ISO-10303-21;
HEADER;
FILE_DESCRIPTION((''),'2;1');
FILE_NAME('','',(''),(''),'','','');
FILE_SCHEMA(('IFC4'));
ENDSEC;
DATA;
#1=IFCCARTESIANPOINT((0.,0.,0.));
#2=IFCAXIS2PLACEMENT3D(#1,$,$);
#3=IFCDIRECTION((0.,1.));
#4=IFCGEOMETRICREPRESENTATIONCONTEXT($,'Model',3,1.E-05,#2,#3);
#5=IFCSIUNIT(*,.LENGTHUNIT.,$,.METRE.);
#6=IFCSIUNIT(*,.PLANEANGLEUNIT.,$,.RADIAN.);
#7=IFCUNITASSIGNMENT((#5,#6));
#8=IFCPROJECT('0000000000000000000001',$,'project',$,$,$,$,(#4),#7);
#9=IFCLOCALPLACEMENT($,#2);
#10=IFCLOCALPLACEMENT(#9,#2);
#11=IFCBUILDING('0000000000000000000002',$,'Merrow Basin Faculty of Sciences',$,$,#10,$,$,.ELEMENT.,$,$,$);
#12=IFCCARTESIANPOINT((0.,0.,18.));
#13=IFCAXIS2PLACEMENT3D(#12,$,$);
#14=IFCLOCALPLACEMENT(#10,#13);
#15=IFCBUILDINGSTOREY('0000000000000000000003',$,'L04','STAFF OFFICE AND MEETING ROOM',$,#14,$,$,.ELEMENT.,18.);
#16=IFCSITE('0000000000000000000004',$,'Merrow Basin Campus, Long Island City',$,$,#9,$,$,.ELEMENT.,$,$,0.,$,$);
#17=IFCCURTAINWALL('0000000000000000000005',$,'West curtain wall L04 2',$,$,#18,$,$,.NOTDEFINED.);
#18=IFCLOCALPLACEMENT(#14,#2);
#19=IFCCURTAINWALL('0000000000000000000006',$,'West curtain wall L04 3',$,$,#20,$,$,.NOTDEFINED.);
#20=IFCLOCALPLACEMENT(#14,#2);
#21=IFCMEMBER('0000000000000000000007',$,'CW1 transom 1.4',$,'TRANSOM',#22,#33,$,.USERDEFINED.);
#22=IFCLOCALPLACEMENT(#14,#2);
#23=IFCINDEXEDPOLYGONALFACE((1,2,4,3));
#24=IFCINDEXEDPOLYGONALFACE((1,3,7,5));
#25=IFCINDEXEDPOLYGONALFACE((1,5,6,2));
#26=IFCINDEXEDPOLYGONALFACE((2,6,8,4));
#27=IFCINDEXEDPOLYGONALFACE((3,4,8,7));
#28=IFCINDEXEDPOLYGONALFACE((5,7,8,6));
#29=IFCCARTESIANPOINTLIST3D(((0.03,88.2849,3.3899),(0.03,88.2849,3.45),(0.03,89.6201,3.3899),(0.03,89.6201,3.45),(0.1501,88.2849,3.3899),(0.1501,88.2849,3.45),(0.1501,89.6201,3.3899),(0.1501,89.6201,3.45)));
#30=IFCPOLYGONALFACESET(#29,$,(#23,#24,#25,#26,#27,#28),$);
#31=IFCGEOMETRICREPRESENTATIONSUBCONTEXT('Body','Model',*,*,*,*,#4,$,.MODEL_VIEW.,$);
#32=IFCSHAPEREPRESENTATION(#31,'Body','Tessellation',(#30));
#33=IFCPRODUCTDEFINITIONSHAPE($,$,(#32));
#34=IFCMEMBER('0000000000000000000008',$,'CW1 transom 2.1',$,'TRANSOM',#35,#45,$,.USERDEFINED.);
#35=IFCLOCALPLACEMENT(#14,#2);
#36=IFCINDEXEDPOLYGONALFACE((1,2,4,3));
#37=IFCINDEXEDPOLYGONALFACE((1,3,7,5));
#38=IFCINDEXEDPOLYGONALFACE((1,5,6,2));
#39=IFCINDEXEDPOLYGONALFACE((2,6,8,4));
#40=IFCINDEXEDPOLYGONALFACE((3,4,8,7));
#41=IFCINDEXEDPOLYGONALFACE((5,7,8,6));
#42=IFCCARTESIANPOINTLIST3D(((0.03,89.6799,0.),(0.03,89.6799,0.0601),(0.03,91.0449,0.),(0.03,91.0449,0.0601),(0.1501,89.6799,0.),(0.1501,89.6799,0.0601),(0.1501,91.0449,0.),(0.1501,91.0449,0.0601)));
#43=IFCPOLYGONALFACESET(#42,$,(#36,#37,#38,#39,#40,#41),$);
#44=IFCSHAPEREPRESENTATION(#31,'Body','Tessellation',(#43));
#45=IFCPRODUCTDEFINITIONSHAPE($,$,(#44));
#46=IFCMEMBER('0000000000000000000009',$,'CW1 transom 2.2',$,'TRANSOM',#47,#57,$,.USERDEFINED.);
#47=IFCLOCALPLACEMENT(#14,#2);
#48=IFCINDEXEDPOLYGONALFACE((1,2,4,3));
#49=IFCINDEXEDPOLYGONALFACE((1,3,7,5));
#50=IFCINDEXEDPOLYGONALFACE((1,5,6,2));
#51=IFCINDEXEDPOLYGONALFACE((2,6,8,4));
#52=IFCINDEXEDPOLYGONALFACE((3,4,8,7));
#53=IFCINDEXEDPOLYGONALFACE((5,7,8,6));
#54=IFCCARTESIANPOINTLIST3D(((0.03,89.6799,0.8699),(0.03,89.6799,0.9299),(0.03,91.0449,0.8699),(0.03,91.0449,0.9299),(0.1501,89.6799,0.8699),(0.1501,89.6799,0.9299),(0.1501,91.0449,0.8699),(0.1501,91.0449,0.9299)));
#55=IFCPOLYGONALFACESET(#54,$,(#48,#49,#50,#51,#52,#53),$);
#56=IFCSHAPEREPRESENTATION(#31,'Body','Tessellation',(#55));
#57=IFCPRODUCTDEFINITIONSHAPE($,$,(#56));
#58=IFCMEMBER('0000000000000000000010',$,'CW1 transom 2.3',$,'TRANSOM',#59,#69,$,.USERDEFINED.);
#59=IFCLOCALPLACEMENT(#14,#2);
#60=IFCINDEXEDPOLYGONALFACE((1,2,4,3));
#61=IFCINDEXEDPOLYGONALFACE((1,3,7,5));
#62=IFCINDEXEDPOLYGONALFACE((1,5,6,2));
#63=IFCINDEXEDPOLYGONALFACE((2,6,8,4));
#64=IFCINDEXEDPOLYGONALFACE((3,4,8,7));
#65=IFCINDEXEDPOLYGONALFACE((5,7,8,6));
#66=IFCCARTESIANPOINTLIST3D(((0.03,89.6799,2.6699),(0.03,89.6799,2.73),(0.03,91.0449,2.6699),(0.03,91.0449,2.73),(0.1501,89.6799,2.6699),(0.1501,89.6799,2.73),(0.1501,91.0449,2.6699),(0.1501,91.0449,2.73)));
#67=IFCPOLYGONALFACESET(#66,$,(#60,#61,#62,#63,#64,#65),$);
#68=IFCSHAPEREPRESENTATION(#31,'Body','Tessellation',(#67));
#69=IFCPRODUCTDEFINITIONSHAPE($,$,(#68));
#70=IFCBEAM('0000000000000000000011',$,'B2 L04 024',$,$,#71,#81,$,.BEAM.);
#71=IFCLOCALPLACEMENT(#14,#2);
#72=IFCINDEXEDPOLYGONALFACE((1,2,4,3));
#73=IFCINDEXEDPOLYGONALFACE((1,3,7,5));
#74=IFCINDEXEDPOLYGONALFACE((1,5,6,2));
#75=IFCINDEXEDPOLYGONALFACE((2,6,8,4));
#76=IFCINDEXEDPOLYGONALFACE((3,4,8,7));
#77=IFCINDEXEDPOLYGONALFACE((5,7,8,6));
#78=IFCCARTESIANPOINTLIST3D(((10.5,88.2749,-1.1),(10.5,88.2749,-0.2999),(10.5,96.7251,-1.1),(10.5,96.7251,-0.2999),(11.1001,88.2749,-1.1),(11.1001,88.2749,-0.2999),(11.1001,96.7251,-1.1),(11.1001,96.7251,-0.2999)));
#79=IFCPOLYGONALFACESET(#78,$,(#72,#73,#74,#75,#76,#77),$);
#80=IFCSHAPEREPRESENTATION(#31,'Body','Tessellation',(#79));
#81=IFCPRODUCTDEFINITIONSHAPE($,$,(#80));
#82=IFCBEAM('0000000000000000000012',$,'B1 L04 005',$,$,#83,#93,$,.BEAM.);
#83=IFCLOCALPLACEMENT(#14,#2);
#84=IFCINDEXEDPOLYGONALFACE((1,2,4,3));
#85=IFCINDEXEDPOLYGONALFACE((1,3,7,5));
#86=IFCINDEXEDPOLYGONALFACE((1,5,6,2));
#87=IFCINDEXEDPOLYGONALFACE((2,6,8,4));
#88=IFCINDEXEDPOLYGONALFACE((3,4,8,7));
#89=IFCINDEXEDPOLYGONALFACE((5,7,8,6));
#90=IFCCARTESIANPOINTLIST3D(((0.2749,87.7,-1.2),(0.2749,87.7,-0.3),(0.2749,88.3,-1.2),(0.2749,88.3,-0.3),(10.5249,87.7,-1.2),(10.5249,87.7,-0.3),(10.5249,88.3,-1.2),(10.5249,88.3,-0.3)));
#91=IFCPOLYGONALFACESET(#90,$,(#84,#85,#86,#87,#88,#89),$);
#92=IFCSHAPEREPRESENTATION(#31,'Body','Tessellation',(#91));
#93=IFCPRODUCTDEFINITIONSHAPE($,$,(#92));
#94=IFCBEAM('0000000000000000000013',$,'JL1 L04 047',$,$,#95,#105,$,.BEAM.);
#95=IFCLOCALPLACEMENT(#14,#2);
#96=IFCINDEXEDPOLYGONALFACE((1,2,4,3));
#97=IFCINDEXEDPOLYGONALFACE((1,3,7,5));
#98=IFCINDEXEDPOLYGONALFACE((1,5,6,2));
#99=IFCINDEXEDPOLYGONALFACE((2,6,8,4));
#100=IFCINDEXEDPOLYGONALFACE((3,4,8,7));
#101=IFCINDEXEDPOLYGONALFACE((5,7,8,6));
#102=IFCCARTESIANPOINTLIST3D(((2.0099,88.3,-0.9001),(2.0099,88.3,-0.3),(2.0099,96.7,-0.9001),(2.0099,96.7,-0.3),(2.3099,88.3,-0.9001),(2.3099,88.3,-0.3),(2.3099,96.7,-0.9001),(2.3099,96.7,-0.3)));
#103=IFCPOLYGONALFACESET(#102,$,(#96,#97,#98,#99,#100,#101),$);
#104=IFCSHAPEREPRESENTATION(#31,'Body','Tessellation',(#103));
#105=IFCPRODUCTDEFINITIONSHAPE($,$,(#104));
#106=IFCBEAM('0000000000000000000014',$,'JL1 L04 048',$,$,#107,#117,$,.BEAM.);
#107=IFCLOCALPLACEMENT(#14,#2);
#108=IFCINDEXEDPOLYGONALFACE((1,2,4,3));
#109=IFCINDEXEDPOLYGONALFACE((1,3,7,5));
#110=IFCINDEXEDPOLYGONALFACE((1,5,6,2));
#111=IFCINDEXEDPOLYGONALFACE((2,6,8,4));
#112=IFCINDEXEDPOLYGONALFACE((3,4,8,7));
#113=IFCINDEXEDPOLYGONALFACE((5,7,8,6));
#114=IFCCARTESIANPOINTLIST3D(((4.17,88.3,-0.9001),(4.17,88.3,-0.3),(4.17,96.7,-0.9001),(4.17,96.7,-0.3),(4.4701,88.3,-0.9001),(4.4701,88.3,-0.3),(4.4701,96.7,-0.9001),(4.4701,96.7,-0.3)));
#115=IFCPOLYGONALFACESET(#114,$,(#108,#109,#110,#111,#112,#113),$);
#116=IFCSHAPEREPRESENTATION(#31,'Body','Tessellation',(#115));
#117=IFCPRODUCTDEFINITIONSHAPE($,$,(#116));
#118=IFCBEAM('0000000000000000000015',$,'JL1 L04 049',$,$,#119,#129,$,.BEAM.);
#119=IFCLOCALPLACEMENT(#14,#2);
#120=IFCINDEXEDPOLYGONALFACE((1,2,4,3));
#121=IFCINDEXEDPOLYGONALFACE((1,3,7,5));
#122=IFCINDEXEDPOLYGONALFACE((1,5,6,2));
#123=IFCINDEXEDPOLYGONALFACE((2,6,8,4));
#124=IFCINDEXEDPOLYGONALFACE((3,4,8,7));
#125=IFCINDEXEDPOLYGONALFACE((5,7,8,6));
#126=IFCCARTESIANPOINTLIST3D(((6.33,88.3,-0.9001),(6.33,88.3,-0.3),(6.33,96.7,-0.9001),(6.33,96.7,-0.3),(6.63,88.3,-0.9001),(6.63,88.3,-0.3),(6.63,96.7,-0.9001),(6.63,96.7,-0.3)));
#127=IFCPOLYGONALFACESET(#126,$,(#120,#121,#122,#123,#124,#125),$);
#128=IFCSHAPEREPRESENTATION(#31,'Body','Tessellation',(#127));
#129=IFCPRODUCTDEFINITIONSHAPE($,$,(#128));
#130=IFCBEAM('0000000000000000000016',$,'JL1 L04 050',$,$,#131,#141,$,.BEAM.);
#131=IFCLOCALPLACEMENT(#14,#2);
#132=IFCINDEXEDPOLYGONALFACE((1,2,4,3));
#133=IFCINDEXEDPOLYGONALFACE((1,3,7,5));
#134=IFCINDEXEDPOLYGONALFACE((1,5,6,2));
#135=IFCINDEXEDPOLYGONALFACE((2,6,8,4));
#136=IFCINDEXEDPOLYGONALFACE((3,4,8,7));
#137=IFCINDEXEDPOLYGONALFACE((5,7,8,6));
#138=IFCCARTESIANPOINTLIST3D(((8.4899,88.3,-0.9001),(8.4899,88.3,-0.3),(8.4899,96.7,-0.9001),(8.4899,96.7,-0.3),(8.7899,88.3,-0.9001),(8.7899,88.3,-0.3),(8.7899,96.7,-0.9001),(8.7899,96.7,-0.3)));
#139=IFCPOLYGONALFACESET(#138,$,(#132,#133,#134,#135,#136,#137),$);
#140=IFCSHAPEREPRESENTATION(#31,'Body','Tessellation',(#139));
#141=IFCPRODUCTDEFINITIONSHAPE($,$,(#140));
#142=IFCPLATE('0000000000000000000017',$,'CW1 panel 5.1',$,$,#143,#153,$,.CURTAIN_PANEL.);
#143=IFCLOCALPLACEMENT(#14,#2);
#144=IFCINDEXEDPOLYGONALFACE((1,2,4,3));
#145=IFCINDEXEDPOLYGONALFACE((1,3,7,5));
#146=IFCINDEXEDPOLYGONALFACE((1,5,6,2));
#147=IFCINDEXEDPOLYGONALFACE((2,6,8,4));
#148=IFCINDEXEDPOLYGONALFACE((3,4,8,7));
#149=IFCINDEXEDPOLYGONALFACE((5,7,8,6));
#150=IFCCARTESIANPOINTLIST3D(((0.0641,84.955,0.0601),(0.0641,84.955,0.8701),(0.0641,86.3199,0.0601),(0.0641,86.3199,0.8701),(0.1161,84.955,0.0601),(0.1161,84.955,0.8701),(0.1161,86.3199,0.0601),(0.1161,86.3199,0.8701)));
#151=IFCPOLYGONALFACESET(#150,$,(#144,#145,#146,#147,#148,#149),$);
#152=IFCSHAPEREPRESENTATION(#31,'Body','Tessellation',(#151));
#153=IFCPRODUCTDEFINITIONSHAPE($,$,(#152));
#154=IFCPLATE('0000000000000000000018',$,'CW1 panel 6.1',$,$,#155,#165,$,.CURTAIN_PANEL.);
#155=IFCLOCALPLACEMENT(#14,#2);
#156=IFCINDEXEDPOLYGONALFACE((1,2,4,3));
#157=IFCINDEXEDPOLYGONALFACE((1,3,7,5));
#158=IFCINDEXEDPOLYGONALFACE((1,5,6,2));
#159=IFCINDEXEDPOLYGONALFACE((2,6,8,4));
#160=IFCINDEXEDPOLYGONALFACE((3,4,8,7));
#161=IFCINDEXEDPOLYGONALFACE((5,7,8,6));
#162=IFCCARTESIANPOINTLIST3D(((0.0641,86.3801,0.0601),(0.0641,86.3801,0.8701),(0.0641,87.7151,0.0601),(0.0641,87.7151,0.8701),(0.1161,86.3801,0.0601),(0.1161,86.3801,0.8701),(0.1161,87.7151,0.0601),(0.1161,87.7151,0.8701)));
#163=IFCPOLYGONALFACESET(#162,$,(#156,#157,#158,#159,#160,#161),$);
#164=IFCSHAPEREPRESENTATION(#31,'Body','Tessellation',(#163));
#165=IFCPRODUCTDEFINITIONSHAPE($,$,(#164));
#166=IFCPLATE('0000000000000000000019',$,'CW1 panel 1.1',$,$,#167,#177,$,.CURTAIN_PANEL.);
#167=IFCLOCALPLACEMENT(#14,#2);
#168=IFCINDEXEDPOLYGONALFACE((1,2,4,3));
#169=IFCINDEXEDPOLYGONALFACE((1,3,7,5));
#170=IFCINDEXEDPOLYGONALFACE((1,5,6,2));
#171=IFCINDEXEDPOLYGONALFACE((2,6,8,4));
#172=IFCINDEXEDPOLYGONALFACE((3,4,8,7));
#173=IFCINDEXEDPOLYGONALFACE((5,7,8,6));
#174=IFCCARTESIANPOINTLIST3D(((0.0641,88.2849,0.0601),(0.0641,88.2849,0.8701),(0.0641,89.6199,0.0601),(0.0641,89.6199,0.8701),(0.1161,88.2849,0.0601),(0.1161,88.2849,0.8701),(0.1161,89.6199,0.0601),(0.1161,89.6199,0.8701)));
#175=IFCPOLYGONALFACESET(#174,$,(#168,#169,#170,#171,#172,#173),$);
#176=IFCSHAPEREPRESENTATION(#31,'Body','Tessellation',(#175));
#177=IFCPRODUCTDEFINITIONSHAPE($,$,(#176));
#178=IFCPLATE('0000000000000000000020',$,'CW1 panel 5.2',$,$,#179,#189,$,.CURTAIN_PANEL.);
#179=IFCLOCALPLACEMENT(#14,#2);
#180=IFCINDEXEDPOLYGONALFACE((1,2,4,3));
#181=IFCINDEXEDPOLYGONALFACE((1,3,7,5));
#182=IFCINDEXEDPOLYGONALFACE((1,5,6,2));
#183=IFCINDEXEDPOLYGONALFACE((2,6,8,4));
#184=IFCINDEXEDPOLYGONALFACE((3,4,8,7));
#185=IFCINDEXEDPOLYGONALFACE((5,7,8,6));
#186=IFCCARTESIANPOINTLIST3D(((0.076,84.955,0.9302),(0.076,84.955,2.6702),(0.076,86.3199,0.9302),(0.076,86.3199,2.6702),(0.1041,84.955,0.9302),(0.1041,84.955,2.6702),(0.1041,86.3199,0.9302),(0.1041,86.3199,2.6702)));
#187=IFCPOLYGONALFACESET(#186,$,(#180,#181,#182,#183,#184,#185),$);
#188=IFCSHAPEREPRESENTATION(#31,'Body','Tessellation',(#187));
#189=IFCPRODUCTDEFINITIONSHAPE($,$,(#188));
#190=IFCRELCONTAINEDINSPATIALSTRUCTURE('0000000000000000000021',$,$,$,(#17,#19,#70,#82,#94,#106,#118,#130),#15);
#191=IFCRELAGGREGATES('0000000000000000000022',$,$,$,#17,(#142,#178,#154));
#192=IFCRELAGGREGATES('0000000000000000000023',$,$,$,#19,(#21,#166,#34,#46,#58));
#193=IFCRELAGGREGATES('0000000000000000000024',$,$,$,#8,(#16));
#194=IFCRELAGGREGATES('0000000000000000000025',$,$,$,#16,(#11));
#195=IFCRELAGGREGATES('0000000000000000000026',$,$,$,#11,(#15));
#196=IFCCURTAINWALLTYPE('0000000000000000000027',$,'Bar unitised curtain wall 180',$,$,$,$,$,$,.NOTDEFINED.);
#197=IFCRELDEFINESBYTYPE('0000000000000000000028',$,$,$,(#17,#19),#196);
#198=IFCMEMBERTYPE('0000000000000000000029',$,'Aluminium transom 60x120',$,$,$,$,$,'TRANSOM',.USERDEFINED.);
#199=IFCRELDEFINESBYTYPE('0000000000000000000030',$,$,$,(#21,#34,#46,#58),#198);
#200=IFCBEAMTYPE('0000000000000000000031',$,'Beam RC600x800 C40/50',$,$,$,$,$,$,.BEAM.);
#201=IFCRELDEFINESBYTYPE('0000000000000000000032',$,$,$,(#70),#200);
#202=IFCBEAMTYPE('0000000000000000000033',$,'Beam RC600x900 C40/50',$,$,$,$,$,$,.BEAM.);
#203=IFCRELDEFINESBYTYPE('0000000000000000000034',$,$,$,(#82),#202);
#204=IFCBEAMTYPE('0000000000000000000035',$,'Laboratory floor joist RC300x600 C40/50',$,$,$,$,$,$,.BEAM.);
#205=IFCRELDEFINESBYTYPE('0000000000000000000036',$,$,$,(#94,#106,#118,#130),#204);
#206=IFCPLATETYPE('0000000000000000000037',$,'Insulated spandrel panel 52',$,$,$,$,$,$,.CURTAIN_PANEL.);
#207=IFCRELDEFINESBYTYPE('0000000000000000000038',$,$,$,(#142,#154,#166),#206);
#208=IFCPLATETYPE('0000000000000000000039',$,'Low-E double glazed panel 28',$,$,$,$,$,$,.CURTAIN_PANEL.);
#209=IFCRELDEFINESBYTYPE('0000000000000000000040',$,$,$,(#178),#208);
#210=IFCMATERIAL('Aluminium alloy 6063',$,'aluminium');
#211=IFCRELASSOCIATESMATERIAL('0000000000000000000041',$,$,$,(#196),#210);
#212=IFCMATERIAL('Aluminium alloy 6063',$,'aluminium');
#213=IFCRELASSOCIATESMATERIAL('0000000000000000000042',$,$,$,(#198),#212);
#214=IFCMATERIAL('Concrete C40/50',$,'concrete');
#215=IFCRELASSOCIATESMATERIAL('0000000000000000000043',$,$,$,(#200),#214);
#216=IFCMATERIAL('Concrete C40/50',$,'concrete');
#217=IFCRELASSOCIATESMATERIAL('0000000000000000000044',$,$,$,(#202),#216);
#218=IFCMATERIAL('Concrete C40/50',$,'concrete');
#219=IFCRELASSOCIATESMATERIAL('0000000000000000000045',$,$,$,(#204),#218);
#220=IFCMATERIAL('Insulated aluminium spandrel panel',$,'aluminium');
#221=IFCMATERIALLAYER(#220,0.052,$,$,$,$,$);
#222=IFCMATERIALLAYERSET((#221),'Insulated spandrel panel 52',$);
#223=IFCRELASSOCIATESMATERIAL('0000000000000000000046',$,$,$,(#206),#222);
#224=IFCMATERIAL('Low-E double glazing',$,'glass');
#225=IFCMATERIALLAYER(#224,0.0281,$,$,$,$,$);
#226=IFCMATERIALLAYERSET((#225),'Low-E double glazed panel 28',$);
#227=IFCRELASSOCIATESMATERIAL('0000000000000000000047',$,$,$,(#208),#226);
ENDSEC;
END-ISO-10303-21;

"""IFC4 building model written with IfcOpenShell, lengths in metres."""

from ifc_helpers import new_model, si_unit, direction, frame, origin, origin_2d, place, context, subcontext, project, spatial, rectangle, extrude, material, layer, layer_set, material_profile, profile_set, type_object, element, aggregate, save


model = new_model("IFC4")

# Units and contexts
model_context = context("Model", 3, precision=1e-05, world=origin(), true_north=direction((0.0, 1.0)))
body_context = subcontext(model_context, "Body", "Model", "MODEL_VIEW")
ifc_project = project(units=[si_unit("LENGTHUNIT", "METRE"), si_unit("PLANEANGLEUNIT", "RADIAN")], contexts=[model_context])

# Site, building, storey
site_placement = place(None, origin())
site = spatial("IfcSite", under=ifc_project, at=site_placement, Name="Merrow Basin Campus, Long Island City", CompositionType="ELEMENT", RefElevation=0.0)
building_placement = place(site_placement, origin())
building = spatial("IfcBuilding", under=site, at=building_placement, Name="Merrow Basin Faculty of Sciences", CompositionType="ELEMENT")
storey_placement = place(building_placement, frame((0.0, 0.0, 18.0)))
storey = spatial("IfcBuildingStorey", under=building, at=storey_placement, Name="L04", Description="STAFF OFFICE AND MEETING ROOM", CompositionType="ELEMENT", Elevation=18.0)

# Curtain walls
ifc_material_1 = material(Name="Aluminium alloy 6063", Category="aluminium")
curtain_wall_type = type_object("IfcCurtainWallType", Name="Bar unitised curtain wall 180", PredefinedType="NOTDEFINED", material=ifc_material_1)
curtain_wall_1_placement = place(storey_placement, origin())
curtain_wall_1 = element("IfcCurtainWall", 1, at=curtain_wall_1_placement, inside=storey, type_object=curtain_wall_type, Name="West curtain wall L04 2", PredefinedType="NOTDEFINED")
curtain_wall_2_placement = place(storey_placement, origin())
curtain_wall_2 = element("IfcCurtainWall", 2, at=curtain_wall_2_placement, inside=storey, type_object=curtain_wall_type, Name="West curtain wall L04 3", PredefinedType="NOTDEFINED")

# Members
ifc_material_2 = material(Name="Aluminium alloy 6063", Category="aluminium")
ifc_material_profile_1 = material_profile(ifc_material_2, rectangle(XDim=0.1201, YDim=0.0601, at=origin_2d()))
ifc_profile_set_1 = profile_set([ifc_material_profile_1], Name="Aluminium alloy 6063")
member_type_1 = type_object("IfcMemberType", Name="Aluminium transom 60x120", ElementType="TRANSOM", PredefinedType="USERDEFINED", material=ifc_profile_set_1)
member_1_placement = place(storey_placement, frame((0.0901, 88.2849, 3.4199), z_axis=(0.0, 1.0, 0.0), x_axis=(-1.0, 0.0, 0.0)))
member_1 = element("IfcMember", 3, at=member_1_placement, type_object=member_type_1, Name="CW1 transom 1.4", ObjectType="TRANSOM", PredefinedType="USERDEFINED", context=body_context, shape_type="SweptSolid", body=[
    extrude(rectangle(XDim=0.1201, YDim=0.0601, at=origin_2d()), origin(), (0.0, 0.0, 1.0), 1.3352),
])
member_2_placement = place(storey_placement, frame((0.0901, 89.6799, 0.03), z_axis=(0.0, 1.0, 0.0), x_axis=(-1.0, 0.0, 0.0)))
member_2 = element("IfcMember", 4, at=member_2_placement, type_object=member_type_1, Name="CW1 transom 2.1", ObjectType="TRANSOM", PredefinedType="USERDEFINED", context=body_context, shape_type="SweptSolid", body=[
    extrude(rectangle(XDim=0.1201, YDim=0.0601, at=origin_2d()), origin(), (0.0, 0.0, 1.0), 1.365),
])
member_3_placement = place(storey_placement, frame((0.0901, 89.6799, 0.8999), z_axis=(0.0, 1.0, 0.0), x_axis=(-1.0, 0.0, 0.0)))
member_3 = element("IfcMember", 5, at=member_3_placement, type_object=member_type_1, Name="CW1 transom 2.2", ObjectType="TRANSOM", PredefinedType="USERDEFINED", context=body_context, shape_type="SweptSolid", body=[
    extrude(rectangle(XDim=0.1201, YDim=0.0601, at=origin_2d()), origin(), (0.0, 0.0, 1.0), 1.365),
])
member_4_placement = place(storey_placement, frame((0.0901, 89.6799, 2.7), z_axis=(0.0, 1.0, 0.0), x_axis=(-1.0, 0.0, 0.0)))
member_4 = element("IfcMember", 6, at=member_4_placement, type_object=member_type_1, Name="CW1 transom 2.3", ObjectType="TRANSOM", PredefinedType="USERDEFINED", context=body_context, shape_type="SweptSolid", body=[
    extrude(rectangle(XDim=0.1201, YDim=0.0601, at=origin_2d()), origin(), (0.0, 0.0, 1.0), 1.365),
])

# Beams
ifc_material_3 = material(Name="Concrete C40/50", Category="concrete")
ifc_material_profile_2 = material_profile(ifc_material_3, rectangle(XDim=0.6001, YDim=0.8, at=origin_2d()))
ifc_profile_set_2 = profile_set([ifc_material_profile_2], Name="Concrete C40/50")
beam_type_1 = type_object("IfcBeamType", Name="Beam RC600x800 C40/50", PredefinedType="BEAM", material=ifc_profile_set_2)
beam_1_placement = place(storey_placement, frame((10.8, 88.2749, -0.7), z_axis=(0.0, 1.0, 0.0), x_axis=(-1.0, 0.0, 0.0)))
element("IfcBeam", 7, at=beam_1_placement, inside=storey, type_object=beam_type_1, Name="B2 L04 024", PredefinedType="BEAM", context=body_context, shape_type="SweptSolid", body=[
    extrude(rectangle(XDim=0.6001, YDim=0.8, at=origin_2d()), origin(), (0.0, 0.0, 1.0), 8.4502),
])
ifc_material_4 = material(Name="Concrete C40/50", Category="concrete")
ifc_material_profile_3 = material_profile(ifc_material_4, rectangle(XDim=0.6001, YDim=0.8999, at=origin_2d()))
ifc_profile_set_3 = profile_set([ifc_material_profile_3], Name="Concrete C40/50")
beam_type_2 = type_object("IfcBeamType", Name="Beam RC600x900 C40/50", PredefinedType="BEAM", material=ifc_profile_set_3)
beam_2_placement = place(storey_placement, frame((0.2749, 88.0, -0.75), z_axis=(1.0, 0.0, 0.0), x_axis=(0.0, 1.0, 0.0)))
element("IfcBeam", 8, at=beam_2_placement, inside=storey, type_object=beam_type_2, Name="B1 L04 005", PredefinedType="BEAM", context=body_context, shape_type="SweptSolid", body=[
    extrude(rectangle(XDim=0.6001, YDim=0.8999, at=origin_2d()), origin(), (0.0, 0.0, 1.0), 10.25),
])
ifc_material_5 = material(Name="Concrete C40/50", Category="concrete")
ifc_material_profile_4 = material_profile(ifc_material_5, rectangle(XDim=0.3, YDim=0.6001, at=origin_2d()))
ifc_profile_set_4 = profile_set([ifc_material_profile_4], Name="Concrete C40/50")
beam_type_3 = type_object("IfcBeamType", Name="Laboratory floor joist RC300x600 C40/50", PredefinedType="BEAM", material=ifc_profile_set_4)
for number, where, z_axis, x_axis, name in (
    (9, (2.1599, 88.3, -0.6001), (0.0, 1.0, 0.0), (-1.0, 0.0, 0.0), "JL1 L04 047"),
    (10, (4.3201, 88.3, -0.6001), (0.0, 1.0, 0.0), (-1.0, 0.0, 0.0), "JL1 L04 048"),
    (11, (6.48, 88.3, -0.6001), (0.0, 1.0, 0.0), (-1.0, 0.0, 0.0), "JL1 L04 049"),
    (12, (8.6399, 88.3, -0.6001), (0.0, 1.0, 0.0), (-1.0, 0.0, 0.0), "JL1 L04 050"),
):
    element("IfcBeam", number, at=place(storey_placement, frame(where, z_axis=z_axis, x_axis=x_axis)), inside=storey, type_object=beam_type_3, Name=name, PredefinedType="BEAM", context=body_context, shape_type="SweptSolid", body=[
        extrude(rectangle(XDim=0.3, YDim=0.6001, at=origin_2d()), origin(), (0.0, 0.0, 1.0), 8.3999),
    ])

# Plates
ifc_material_6 = material(Name="Insulated aluminium spandrel panel", Category="aluminium")
ifc_layer_1 = layer(ifc_material_6, 0.052)
ifc_layer_set_1 = layer_set([ifc_layer_1], Name="Insulated spandrel panel 52")
plate_type_1 = type_object("IfcPlateType", Name="Insulated spandrel panel 52", PredefinedType="CURTAIN_PANEL", material=ifc_layer_set_1)
plate_1_placement = place(storey_placement, frame((0.0901, 85.6375, 0.0601), z_axis=(0.0, 0.0, 1.0), x_axis=(0.0, 1.0, 0.0)))
plate_1 = element("IfcPlate", 13, at=plate_1_placement, type_object=plate_type_1, Name="CW1 panel 5.1", PredefinedType="CURTAIN_PANEL", context=body_context, shape_type="SweptSolid", body=[
    extrude(rectangle(XDim=1.365, YDim=0.052, at=origin_2d()), origin(), (0.0, 0.0, 1.0), 0.8101),
])
plate_2_placement = place(storey_placement, frame((0.0901, 87.0476, 0.0601), z_axis=(0.0, 0.0, 1.0), x_axis=(0.0, 1.0, 0.0)))
plate_2 = element("IfcPlate", 14, at=plate_2_placement, type_object=plate_type_1, Name="CW1 panel 6.1", PredefinedType="CURTAIN_PANEL", context=body_context, shape_type="SweptSolid", body=[
    extrude(rectangle(XDim=1.335, YDim=0.052, at=origin_2d()), origin(), (0.0, 0.0, 1.0), 0.8101),
])
plate_3_placement = place(storey_placement, frame((0.0901, 88.9524, 0.0601), z_axis=(0.0, 0.0, 1.0), x_axis=(0.0, 1.0, 0.0)))
plate_3 = element("IfcPlate", 15, at=plate_3_placement, type_object=plate_type_1, Name="CW1 panel 1.1", PredefinedType="CURTAIN_PANEL", context=body_context, shape_type="SweptSolid", body=[
    extrude(rectangle(XDim=1.335, YDim=0.052, at=origin_2d()), origin(), (0.0, 0.0, 1.0), 0.8101),
])
ifc_material_7 = material(Name="Low-E double glazing", Category="glass")
ifc_layer_2 = layer(ifc_material_7, 0.0281)
ifc_layer_set_2 = layer_set([ifc_layer_2], Name="Low-E double glazed panel 28")
plate_type_2 = type_object("IfcPlateType", Name="Low-E double glazed panel 28", PredefinedType="CURTAIN_PANEL", material=ifc_layer_set_2)
plate_4_placement = place(storey_placement, frame((0.0901, 85.6375, 0.9302), z_axis=(0.0, 0.0, 1.0), x_axis=(0.0, 1.0, 0.0)))
plate_4 = element("IfcPlate", 16, at=plate_4_placement, type_object=plate_type_2, Name="CW1 panel 5.2", PredefinedType="CURTAIN_PANEL", context=body_context, shape_type="SweptSolid", body=[
    extrude(rectangle(XDim=1.365, YDim=0.0281, at=origin_2d()), origin(), (0.0, 0.0, 1.0), 1.74),
])
aggregate(curtain_wall_1, [plate_1, plate_4, plate_2])
aggregate(curtain_wall_2, [member_1, plate_3, member_2, member_3, member_4])

save(model, "model.ifc")
